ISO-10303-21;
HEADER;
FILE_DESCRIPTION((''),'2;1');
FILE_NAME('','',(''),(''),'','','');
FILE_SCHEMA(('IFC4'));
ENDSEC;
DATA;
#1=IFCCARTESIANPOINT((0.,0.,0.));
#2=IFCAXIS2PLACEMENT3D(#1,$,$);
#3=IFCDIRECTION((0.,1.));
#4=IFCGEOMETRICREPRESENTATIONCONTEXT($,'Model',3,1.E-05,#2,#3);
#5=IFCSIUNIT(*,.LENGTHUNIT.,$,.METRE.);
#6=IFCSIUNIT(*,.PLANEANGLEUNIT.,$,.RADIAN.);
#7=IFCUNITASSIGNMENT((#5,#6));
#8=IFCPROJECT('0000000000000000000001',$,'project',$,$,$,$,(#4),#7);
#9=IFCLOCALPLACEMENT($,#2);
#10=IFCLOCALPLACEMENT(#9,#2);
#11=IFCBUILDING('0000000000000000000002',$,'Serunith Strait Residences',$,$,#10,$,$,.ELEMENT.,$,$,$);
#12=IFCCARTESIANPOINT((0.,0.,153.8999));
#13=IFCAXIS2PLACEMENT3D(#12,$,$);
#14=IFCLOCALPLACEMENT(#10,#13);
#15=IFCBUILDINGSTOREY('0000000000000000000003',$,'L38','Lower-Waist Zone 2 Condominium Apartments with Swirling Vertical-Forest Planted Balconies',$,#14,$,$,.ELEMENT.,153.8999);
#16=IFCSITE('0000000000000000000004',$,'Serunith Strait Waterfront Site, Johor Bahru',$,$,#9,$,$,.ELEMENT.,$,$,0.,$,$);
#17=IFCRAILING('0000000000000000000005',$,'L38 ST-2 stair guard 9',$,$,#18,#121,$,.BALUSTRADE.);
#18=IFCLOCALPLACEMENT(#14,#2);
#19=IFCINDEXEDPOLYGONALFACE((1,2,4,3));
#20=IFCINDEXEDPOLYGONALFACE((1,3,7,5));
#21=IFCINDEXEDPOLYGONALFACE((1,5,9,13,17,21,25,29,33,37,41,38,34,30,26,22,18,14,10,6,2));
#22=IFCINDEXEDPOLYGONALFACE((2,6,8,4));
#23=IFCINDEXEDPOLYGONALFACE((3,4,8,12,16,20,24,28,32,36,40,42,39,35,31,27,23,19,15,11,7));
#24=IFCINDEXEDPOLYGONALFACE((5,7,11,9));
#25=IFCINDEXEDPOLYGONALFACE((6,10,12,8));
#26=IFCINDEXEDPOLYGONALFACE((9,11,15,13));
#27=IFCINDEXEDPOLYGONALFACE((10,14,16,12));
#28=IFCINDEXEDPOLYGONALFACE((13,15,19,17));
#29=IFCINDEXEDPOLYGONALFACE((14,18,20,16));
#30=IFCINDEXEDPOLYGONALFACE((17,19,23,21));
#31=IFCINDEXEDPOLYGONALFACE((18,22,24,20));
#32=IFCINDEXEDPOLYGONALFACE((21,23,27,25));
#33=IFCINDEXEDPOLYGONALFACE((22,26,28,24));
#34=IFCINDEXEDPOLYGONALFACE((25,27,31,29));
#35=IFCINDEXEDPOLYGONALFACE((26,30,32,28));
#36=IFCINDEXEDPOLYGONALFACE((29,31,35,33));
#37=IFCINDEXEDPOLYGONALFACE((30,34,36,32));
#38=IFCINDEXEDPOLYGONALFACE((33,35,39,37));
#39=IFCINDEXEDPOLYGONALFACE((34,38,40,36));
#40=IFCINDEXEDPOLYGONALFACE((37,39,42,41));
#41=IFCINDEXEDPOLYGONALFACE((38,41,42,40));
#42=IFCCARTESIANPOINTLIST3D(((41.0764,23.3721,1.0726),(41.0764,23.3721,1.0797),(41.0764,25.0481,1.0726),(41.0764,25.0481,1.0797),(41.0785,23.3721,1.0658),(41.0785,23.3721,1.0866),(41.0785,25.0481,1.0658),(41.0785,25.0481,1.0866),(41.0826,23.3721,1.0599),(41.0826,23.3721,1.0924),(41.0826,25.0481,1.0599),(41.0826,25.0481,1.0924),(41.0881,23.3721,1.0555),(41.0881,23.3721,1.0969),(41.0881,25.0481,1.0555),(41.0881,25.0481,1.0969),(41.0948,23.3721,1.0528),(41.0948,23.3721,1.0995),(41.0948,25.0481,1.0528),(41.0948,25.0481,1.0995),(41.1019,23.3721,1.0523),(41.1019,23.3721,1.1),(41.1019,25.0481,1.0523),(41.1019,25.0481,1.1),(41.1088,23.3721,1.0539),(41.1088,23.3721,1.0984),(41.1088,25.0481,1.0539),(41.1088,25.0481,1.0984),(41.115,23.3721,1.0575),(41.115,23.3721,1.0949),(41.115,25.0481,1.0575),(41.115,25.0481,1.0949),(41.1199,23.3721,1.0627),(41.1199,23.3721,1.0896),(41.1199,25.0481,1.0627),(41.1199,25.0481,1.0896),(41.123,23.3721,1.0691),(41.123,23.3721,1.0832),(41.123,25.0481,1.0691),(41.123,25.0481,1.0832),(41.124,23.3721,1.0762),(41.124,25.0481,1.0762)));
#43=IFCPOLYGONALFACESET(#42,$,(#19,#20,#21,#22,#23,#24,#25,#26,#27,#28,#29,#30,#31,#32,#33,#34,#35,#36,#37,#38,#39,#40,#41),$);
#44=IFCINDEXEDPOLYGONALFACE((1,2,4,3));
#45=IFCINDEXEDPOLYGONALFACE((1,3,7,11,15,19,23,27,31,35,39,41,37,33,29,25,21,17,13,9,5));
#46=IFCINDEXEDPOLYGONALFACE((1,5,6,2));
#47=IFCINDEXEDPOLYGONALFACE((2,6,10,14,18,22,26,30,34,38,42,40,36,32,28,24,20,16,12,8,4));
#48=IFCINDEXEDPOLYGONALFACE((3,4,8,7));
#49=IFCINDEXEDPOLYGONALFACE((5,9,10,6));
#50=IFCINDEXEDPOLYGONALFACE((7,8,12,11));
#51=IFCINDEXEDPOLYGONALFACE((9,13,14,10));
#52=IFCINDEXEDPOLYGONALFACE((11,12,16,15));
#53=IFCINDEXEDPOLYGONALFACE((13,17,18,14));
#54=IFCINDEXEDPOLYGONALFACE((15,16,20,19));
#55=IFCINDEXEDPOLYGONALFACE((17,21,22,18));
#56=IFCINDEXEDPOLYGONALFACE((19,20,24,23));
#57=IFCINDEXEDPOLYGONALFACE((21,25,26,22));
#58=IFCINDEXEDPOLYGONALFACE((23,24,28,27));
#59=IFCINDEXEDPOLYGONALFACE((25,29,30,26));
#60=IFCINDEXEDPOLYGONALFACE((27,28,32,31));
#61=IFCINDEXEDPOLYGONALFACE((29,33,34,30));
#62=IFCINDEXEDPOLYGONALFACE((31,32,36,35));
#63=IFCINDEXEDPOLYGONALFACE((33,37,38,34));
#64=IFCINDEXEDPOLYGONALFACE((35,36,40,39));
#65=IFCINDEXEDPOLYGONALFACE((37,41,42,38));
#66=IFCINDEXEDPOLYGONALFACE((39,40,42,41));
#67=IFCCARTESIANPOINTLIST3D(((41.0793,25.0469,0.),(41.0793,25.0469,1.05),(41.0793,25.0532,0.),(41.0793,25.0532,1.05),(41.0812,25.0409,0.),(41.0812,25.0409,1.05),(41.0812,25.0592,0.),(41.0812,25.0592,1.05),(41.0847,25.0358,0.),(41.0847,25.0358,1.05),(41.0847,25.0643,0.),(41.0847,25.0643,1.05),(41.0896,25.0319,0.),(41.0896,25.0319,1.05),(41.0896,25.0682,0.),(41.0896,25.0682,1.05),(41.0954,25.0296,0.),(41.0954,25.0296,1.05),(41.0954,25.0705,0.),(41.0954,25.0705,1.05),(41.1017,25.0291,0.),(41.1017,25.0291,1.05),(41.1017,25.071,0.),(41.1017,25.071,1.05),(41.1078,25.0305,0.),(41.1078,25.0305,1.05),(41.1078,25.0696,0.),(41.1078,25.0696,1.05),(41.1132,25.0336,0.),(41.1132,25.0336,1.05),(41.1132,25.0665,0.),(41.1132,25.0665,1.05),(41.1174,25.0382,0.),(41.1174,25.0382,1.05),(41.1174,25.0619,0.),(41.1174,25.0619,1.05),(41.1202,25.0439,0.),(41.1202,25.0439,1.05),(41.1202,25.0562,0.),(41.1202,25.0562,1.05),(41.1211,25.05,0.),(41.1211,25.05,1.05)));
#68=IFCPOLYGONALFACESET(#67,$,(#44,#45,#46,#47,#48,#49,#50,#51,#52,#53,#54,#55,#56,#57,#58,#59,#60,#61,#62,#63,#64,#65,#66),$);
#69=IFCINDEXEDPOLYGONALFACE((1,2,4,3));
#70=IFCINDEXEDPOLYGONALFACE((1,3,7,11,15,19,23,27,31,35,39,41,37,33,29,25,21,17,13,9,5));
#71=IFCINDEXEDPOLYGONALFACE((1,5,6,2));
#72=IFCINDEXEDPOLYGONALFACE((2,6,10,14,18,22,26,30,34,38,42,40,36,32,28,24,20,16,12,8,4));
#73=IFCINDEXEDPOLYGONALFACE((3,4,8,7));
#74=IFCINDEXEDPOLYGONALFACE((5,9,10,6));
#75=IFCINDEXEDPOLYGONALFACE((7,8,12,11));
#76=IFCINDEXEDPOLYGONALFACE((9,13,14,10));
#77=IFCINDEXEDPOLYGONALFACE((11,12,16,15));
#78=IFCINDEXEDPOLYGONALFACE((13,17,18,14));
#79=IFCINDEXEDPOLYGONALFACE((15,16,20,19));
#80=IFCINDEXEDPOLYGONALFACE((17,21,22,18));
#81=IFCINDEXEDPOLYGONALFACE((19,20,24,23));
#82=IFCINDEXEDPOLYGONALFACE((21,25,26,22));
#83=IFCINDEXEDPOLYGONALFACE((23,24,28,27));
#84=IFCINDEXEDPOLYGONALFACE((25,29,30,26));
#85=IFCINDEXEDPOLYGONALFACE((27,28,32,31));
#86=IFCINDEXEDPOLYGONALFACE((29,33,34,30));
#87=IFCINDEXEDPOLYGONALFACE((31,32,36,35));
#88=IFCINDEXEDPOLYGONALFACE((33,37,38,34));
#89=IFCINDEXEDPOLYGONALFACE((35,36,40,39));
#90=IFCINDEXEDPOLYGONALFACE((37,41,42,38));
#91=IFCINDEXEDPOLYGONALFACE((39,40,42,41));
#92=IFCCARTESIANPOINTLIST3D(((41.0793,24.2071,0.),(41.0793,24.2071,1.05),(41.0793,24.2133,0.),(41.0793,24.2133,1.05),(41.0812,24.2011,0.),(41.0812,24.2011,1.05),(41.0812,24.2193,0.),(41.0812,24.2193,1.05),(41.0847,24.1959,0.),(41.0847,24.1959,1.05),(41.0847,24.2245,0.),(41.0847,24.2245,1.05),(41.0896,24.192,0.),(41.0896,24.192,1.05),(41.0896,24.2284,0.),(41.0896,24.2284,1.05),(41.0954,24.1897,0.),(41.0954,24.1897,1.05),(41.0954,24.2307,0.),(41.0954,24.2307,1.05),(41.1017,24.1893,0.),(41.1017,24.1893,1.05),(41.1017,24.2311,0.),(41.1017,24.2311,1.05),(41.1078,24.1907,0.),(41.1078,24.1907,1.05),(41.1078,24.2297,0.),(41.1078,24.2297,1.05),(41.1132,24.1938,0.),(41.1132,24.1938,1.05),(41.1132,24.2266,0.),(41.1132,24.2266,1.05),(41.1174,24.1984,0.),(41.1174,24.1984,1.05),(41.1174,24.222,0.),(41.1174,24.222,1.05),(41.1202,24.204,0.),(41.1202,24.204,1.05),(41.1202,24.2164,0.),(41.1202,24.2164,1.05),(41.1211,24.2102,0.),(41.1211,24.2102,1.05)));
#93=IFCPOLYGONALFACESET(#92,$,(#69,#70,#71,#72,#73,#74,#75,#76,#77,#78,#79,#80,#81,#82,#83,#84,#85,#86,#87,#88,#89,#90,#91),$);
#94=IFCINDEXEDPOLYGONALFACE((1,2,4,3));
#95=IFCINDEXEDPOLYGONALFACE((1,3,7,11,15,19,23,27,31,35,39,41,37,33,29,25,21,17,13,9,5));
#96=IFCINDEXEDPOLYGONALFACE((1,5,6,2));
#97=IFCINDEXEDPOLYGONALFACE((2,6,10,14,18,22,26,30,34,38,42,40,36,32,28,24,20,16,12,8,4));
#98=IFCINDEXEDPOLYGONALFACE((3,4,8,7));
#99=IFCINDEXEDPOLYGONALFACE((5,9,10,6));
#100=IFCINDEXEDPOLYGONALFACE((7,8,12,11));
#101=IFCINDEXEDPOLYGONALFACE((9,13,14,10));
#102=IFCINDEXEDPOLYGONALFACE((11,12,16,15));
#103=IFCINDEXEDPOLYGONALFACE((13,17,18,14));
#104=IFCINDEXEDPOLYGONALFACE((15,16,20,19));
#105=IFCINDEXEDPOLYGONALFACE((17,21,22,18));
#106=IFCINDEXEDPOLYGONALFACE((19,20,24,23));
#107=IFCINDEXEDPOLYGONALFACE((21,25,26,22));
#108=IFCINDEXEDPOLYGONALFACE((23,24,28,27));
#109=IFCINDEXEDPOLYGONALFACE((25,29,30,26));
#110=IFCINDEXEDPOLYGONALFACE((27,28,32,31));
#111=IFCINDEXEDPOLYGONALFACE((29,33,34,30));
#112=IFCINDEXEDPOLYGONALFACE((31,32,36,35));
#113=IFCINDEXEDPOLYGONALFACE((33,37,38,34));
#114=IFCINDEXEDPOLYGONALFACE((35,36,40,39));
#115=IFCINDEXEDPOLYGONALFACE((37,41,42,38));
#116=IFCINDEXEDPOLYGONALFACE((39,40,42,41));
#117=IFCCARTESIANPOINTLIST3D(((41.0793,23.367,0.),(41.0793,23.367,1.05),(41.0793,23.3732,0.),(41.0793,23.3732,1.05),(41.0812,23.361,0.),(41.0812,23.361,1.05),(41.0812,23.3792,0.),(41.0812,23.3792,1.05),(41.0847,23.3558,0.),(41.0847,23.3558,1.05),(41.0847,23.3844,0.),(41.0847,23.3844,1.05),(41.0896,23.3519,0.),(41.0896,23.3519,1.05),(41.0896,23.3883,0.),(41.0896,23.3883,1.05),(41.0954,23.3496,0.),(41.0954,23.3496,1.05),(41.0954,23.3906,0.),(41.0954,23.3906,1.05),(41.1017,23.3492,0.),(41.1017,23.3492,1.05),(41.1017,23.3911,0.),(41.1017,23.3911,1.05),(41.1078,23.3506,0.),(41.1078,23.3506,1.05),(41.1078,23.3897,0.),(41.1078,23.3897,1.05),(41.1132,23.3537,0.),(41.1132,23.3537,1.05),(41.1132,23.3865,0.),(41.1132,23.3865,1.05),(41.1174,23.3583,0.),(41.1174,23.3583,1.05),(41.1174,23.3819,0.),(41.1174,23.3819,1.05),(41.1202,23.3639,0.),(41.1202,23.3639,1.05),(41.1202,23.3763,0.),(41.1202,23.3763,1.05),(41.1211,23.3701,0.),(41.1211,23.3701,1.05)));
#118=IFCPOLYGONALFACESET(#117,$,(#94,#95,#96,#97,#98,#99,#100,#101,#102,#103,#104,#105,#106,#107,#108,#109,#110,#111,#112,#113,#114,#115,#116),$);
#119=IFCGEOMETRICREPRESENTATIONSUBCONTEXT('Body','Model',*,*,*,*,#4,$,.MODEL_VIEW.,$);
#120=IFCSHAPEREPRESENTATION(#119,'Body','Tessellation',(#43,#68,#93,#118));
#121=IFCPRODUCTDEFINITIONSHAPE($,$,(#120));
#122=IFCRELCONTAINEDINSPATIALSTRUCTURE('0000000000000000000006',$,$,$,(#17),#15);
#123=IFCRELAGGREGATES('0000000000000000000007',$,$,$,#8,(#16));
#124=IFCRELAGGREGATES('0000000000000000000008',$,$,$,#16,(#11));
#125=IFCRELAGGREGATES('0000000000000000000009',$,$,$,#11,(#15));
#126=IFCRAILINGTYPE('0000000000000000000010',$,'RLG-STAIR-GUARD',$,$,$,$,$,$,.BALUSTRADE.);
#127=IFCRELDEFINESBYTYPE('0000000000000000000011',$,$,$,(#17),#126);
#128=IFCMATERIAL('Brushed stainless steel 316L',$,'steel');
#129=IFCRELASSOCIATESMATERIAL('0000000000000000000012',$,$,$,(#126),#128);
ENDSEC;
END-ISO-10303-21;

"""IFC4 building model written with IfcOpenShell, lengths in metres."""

from ifc_helpers import new_model, si_unit, direction, frame, origin, origin_2d, place, context, subcontext, project, spatial, circle, extrude, material, type_object, element, save


model = new_model("IFC4")

# Units and contexts
model_context = context("Model", 3, precision=1e-05, world=origin(), true_north=direction((0.0, 1.0)))
body_context = subcontext(model_context, "Body", "Model", "MODEL_VIEW")
ifc_project = project(units=[si_unit("LENGTHUNIT", "METRE"), si_unit("PLANEANGLEUNIT", "RADIAN")], contexts=[model_context])

# Site, building, storey
site_placement = place(None, origin())
site = spatial("IfcSite", under=ifc_project, at=site_placement, Name="Serunith Strait Waterfront Site, Johor Bahru", CompositionType="ELEMENT", RefElevation=0.0)
building_placement = place(site_placement, origin())
building = spatial("IfcBuilding", under=site, at=building_placement, Name="Serunith Strait Residences", CompositionType="ELEMENT")
storey_placement = place(building_placement, frame((0.0, 0.0, 153.8999)))
storey = spatial("IfcBuildingStorey", under=building, at=storey_placement, Name="L38", Description="Lower-Waist Zone 2 Condominium Apartments with Swirling Vertical-Forest Planted Balconies", CompositionType="ELEMENT", Elevation=153.8999)

# Railing
ifc_material_1 = material(Name="Brushed stainless steel 316L", Category="steel")
railing_type = type_object("IfcRailingType", Name="RLG-STAIR-GUARD", PredefinedType="BALUSTRADE", material=ifc_material_1)
railing_placement = place(storey_placement, frame((41.1001, 25.05, 0.0)))
element("IfcRailing", 1, at=railing_placement, inside=storey, type_object=railing_type, Name="L38 ST-2 stair guard 9", PredefinedType="BALUSTRADE", context=body_context, shape_type="SweptSolid", body=[
    extrude(circle(Radius=0.0239, at=origin_2d()), frame((0.0, -0.002, 1.0762), z_axis=(0.0, -1.0, 0.0), x_axis=(1.0, 0.0, 0.0)), (0.0, 0.0, 1.0), 1.676),
    extrude(circle(Radius=0.021, at=origin_2d()), origin(), (0.0, 0.0, 1.0), 1.05),
    extrude(circle(Radius=0.021, at=origin_2d()), frame((0.0, -0.8398, 0.0)), (0.0, 0.0, 1.0), 1.05),
    extrude(circle(Radius=0.021, at=origin_2d()), frame((0.0, -1.6799, 0.0)), (0.0, 0.0, 1.0), 1.05),
])

save(model, "model.ifc")
